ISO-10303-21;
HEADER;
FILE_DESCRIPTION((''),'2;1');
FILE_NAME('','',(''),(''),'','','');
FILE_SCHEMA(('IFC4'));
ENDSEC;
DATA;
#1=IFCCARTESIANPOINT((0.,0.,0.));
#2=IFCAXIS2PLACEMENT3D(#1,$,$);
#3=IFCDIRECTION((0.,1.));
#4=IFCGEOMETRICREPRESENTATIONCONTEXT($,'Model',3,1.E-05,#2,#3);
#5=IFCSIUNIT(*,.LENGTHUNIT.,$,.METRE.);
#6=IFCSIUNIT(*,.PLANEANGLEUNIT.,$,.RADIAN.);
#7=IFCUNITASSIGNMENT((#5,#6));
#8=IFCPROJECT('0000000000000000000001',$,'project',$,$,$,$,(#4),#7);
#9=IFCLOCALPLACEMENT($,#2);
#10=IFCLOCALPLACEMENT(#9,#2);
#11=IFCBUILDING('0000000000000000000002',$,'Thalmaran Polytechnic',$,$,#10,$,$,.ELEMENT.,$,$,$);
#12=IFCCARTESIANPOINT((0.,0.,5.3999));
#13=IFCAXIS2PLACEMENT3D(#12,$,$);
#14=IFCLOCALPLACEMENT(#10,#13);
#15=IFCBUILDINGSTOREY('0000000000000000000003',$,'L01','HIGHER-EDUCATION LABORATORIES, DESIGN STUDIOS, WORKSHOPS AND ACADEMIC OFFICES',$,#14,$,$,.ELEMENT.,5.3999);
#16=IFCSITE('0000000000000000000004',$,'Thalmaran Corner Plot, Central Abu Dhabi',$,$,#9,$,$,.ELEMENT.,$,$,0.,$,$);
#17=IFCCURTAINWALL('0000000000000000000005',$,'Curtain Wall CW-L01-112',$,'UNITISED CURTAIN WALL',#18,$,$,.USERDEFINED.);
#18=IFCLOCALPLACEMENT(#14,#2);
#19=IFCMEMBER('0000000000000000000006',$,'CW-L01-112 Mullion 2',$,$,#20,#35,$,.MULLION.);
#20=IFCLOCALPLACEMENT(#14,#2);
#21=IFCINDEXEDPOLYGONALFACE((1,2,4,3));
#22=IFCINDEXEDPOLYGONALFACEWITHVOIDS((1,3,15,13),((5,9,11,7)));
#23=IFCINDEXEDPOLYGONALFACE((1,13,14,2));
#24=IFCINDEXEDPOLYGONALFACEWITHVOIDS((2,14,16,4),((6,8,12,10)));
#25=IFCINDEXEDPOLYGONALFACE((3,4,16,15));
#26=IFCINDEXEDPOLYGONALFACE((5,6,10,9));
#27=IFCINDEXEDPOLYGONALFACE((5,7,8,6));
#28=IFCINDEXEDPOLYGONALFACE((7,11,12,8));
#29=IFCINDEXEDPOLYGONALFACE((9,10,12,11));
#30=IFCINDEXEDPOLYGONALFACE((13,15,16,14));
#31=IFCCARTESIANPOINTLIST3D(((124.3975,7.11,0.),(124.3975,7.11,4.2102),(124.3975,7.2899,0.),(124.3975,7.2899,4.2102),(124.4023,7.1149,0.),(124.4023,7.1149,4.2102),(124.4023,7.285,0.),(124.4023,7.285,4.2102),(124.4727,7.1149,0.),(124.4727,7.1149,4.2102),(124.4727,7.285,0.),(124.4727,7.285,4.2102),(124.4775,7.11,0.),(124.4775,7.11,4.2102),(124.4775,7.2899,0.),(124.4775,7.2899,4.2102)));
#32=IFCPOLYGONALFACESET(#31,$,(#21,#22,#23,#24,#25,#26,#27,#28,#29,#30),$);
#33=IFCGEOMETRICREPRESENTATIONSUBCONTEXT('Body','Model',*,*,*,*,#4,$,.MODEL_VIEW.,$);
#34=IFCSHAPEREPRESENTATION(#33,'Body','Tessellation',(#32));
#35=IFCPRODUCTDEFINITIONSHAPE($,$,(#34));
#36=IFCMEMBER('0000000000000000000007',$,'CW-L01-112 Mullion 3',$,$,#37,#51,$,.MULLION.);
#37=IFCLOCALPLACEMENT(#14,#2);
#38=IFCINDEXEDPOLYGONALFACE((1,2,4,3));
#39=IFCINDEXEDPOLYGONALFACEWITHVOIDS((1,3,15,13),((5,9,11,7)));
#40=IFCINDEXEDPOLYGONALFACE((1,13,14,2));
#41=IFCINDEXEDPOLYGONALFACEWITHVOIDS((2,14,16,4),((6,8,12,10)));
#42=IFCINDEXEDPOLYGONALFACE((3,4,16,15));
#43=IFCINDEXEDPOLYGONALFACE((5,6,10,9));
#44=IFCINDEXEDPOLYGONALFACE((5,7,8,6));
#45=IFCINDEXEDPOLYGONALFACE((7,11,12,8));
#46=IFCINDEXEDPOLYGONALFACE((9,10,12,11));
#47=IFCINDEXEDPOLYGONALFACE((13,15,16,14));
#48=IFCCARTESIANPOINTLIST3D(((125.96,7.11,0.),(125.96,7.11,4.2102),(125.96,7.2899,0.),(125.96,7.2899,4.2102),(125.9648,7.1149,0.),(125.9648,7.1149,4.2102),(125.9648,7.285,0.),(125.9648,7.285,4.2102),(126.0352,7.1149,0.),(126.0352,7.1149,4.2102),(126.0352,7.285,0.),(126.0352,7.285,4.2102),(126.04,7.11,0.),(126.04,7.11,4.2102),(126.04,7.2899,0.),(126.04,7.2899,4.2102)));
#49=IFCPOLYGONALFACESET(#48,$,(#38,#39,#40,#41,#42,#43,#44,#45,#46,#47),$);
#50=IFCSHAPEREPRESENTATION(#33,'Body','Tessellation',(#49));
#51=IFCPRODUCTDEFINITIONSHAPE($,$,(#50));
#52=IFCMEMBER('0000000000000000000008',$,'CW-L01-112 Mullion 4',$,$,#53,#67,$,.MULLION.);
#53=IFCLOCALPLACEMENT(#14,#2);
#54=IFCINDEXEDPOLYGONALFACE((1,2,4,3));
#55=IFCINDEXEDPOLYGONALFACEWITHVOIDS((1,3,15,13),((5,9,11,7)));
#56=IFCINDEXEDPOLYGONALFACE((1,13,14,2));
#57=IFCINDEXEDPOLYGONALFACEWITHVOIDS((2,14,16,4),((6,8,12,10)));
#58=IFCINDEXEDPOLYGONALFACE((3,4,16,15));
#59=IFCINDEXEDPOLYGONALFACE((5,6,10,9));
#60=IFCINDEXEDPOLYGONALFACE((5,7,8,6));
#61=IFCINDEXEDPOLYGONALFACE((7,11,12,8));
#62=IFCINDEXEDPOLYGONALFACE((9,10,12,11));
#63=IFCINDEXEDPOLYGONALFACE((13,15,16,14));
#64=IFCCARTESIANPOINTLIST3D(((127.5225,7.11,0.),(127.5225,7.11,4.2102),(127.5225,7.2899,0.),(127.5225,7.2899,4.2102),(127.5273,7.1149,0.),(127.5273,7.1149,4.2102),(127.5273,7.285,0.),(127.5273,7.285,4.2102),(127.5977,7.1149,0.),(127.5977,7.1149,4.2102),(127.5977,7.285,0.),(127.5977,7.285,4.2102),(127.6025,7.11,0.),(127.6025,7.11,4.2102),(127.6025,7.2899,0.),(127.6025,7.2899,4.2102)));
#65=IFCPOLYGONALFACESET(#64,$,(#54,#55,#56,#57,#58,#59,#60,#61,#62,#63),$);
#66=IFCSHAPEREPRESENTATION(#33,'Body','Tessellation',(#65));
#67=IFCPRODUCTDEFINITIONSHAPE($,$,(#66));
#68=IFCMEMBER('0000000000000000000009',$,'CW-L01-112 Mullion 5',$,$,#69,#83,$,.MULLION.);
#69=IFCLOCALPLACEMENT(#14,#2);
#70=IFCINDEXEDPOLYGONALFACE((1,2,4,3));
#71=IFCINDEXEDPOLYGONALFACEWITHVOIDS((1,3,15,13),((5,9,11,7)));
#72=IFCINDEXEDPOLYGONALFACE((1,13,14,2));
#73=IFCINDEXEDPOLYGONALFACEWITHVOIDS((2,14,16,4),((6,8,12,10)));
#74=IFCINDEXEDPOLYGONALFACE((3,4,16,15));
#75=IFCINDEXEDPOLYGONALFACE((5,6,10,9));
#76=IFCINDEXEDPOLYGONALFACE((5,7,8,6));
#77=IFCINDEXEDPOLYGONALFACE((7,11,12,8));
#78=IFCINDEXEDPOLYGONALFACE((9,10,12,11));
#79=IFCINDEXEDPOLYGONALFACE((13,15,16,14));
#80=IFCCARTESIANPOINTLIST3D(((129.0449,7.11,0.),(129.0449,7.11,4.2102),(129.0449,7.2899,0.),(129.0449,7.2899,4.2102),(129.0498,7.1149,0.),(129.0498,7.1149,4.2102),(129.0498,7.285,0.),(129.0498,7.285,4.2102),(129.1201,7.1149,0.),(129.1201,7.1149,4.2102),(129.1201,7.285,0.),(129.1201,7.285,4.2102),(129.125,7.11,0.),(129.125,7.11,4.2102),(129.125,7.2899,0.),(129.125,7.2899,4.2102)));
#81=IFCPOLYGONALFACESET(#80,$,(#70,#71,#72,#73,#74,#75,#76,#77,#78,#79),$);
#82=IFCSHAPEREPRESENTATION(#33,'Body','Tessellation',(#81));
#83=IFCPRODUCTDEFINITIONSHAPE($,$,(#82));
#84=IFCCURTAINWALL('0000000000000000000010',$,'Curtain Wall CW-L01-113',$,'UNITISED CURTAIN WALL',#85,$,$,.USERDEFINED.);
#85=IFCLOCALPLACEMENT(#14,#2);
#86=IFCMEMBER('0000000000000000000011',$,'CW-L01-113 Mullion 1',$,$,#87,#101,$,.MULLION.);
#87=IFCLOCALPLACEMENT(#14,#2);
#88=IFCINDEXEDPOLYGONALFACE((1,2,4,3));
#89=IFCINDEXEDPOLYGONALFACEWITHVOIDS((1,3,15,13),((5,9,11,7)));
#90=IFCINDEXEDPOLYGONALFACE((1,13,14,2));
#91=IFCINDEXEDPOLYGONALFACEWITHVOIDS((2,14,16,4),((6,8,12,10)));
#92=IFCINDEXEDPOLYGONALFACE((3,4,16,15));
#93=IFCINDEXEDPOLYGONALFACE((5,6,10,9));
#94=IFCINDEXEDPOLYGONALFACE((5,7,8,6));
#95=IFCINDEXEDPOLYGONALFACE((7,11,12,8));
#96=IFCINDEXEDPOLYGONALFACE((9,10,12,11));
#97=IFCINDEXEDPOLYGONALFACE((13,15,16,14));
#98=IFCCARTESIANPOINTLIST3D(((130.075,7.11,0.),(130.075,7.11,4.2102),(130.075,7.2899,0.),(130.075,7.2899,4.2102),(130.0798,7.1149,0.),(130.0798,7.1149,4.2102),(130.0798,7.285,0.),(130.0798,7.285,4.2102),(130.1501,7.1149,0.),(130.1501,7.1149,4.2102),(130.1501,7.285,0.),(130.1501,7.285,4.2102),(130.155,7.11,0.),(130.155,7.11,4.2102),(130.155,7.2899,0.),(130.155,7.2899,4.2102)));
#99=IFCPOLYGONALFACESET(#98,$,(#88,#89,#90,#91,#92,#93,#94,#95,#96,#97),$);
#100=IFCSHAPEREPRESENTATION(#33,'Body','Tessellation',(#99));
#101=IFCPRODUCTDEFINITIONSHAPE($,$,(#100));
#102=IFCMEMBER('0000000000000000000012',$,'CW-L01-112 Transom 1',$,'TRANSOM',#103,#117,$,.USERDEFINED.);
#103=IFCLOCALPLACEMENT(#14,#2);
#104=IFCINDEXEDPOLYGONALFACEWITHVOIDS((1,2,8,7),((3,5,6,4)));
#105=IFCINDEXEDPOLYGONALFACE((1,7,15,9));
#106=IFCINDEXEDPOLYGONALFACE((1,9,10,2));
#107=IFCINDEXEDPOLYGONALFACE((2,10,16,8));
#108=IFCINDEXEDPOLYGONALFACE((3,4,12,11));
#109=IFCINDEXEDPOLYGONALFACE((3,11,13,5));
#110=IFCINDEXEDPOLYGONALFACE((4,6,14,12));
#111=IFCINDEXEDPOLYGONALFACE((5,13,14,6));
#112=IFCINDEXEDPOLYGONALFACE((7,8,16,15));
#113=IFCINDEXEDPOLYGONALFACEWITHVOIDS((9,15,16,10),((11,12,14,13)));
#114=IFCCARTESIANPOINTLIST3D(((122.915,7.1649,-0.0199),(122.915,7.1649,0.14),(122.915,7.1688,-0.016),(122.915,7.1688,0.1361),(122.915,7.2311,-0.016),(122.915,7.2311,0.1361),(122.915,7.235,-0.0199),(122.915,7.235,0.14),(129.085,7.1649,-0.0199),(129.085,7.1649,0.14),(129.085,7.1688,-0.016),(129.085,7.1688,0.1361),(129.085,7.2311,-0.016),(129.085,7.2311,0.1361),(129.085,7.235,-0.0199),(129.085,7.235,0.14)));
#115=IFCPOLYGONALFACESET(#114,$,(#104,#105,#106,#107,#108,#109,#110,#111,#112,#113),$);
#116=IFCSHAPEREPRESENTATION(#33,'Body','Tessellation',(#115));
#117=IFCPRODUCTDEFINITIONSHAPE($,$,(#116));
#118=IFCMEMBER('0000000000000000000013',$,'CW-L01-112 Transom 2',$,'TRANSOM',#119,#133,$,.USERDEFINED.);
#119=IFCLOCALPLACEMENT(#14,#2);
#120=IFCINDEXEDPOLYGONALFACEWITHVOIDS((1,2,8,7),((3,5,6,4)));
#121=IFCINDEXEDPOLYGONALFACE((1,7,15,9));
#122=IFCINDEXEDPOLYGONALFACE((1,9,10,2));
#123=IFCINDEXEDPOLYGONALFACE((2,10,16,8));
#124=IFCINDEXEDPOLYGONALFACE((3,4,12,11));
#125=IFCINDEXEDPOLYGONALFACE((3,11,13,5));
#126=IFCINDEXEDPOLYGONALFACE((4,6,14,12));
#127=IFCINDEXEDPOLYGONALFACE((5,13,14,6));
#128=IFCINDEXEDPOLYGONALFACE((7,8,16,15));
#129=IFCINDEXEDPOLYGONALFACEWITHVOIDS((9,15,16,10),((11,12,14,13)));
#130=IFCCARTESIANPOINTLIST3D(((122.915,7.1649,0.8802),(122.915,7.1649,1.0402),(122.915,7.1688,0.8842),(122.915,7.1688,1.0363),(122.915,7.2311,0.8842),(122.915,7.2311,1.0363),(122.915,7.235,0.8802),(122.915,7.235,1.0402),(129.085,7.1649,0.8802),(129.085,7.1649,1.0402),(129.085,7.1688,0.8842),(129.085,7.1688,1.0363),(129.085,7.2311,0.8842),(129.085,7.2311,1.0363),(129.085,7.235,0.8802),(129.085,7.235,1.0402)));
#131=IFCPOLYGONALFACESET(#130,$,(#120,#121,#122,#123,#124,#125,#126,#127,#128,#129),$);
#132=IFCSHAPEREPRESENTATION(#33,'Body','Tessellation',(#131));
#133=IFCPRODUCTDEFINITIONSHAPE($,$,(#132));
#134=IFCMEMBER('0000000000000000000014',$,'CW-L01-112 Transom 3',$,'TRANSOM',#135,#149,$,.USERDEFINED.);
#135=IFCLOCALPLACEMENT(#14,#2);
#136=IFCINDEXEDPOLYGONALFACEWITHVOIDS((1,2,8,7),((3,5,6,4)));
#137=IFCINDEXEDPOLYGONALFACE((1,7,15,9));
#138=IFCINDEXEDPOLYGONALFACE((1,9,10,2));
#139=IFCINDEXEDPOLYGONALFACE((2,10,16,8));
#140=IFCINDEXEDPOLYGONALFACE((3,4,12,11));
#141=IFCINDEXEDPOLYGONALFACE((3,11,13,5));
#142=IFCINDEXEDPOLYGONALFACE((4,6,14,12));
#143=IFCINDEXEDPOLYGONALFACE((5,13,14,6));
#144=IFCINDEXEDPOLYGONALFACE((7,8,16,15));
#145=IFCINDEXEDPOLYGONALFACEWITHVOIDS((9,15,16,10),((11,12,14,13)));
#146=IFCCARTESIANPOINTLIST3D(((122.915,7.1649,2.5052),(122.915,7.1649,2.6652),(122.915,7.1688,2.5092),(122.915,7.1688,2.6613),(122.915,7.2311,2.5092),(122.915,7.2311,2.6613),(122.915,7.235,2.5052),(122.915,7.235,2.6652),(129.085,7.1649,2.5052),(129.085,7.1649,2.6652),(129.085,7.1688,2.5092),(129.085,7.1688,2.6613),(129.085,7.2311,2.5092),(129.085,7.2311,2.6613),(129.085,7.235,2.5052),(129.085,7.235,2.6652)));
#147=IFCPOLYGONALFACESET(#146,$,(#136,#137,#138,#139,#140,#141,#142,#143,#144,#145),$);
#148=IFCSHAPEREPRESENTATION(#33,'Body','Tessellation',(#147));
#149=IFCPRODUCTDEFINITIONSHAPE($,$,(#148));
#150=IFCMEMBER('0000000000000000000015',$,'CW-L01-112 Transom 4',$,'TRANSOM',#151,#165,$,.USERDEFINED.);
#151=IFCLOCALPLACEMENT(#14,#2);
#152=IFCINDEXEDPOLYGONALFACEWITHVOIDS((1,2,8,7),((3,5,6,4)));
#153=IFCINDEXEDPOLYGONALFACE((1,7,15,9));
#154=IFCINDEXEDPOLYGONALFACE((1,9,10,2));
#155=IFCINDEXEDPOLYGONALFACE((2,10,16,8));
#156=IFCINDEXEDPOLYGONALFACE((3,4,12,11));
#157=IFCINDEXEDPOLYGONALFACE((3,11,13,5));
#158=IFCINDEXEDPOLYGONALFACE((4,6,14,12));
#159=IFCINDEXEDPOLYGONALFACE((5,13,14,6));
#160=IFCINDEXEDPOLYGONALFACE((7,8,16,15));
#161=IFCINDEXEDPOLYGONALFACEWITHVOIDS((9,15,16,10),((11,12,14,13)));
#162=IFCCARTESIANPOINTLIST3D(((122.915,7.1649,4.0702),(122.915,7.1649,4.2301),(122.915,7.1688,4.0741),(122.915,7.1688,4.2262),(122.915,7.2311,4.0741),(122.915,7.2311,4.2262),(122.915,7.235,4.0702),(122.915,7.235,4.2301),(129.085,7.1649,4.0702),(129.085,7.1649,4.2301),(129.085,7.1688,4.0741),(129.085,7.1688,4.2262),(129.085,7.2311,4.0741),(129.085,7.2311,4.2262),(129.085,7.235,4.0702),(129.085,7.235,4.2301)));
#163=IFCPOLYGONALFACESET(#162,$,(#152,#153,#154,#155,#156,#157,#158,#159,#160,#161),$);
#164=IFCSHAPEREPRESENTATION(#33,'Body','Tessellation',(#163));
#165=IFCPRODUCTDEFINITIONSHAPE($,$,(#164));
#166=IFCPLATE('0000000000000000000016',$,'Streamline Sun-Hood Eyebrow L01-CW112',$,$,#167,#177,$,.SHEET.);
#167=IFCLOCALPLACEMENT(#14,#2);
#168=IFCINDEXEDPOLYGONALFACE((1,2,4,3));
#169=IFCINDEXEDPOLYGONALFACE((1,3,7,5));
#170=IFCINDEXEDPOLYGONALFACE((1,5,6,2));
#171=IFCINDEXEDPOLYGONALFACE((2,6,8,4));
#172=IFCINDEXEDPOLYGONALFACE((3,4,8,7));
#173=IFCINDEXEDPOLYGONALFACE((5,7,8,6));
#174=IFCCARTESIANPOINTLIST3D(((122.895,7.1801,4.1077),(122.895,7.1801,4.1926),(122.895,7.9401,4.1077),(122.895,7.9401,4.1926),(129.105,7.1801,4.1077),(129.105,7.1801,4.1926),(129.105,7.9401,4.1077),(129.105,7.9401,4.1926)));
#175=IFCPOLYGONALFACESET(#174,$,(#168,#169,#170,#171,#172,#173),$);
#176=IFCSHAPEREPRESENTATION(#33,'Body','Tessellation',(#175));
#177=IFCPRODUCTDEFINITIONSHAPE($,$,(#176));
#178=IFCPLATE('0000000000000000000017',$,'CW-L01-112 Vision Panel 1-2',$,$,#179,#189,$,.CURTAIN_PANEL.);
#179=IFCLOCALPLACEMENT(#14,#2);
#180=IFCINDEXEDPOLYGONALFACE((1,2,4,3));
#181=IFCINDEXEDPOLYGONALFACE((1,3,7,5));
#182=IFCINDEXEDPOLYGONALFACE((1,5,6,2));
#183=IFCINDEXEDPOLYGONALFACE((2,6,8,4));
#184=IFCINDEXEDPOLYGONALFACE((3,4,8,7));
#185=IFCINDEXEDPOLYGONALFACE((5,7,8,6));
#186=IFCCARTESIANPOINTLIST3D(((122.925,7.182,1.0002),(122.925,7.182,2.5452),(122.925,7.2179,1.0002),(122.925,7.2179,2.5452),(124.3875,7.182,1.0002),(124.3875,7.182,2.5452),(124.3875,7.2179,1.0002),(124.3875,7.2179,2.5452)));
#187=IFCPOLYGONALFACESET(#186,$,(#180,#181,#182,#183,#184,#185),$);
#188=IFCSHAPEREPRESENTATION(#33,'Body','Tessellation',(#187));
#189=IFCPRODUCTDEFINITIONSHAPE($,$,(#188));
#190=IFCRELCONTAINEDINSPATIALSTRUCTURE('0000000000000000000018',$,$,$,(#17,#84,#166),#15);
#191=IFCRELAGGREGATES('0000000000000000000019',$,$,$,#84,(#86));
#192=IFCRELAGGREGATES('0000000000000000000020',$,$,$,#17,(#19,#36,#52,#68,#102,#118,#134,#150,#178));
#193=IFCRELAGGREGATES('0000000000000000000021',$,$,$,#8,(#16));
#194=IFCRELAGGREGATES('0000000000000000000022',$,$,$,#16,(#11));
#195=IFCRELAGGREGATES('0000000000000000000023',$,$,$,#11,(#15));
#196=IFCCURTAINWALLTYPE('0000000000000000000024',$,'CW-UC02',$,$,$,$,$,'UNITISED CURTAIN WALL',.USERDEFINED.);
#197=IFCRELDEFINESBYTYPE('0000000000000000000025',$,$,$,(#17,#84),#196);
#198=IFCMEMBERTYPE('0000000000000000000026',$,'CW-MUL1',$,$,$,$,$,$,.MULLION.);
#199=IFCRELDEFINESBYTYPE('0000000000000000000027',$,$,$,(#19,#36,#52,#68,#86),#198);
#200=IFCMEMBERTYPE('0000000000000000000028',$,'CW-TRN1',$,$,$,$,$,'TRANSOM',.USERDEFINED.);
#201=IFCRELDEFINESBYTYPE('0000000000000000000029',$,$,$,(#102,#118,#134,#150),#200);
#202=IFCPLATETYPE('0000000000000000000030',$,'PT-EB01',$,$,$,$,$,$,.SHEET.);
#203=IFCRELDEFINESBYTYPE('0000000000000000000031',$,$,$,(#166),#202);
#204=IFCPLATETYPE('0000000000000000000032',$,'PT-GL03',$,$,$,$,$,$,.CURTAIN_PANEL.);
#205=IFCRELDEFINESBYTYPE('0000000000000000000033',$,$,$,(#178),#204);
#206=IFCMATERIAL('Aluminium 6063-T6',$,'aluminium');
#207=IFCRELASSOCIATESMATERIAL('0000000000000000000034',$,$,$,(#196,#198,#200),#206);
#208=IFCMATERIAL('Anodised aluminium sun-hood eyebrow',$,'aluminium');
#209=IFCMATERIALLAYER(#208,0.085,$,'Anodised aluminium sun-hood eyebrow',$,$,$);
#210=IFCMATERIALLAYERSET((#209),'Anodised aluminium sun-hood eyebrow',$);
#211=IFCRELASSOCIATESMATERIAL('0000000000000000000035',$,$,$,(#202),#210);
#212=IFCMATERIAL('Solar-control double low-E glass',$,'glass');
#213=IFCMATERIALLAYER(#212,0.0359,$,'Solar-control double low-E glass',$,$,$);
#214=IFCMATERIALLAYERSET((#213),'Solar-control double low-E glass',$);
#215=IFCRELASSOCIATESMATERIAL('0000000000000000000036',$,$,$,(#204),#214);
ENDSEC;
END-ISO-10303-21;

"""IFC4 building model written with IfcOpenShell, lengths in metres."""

from ifc_helpers import new_model, si_unit, direction, frame, origin, origin_2d, place, context, subcontext, project, spatial, rectangle, hollow_rectangle, extrude, material, layer, layer_set, material_profile, profile_set, type_object, element, aggregate, save


model = new_model("IFC4")

# Units and contexts
model_context = context("Model", 3, precision=1e-05, world=origin(), true_north=direction((0.0, 1.0)))
body_context = subcontext(model_context, "Body", "Model", "MODEL_VIEW")
ifc_project = project(units=[si_unit("LENGTHUNIT", "METRE"), si_unit("PLANEANGLEUNIT", "RADIAN")], contexts=[model_context])

# Site, building, storey
site_placement = place(None, origin())
site = spatial("IfcSite", under=ifc_project, at=site_placement, Name="Thalmaran Corner Plot, Central Abu Dhabi", CompositionType="ELEMENT", RefElevation=0.0)
building_placement = place(site_placement, origin())
building = spatial("IfcBuilding", under=site, at=building_placement, Name="Thalmaran Polytechnic", CompositionType="ELEMENT")
storey_placement = place(building_placement, frame((0.0, 0.0, 5.3999)))
storey = spatial("IfcBuildingStorey", under=building, at=storey_placement, Name="L01", Description="HIGHER-EDUCATION LABORATORIES, DESIGN STUDIOS, WORKSHOPS AND ACADEMIC OFFICES", CompositionType="ELEMENT", Elevation=5.3999)

# Curtain wall, members
ifc_material_1 = material(Name="Aluminium 6063-T6", Category="aluminium")
curtain_wall_type = type_object("IfcCurtainWallType", Name="CW-UC02", ElementType="UNITISED CURTAIN WALL", PredefinedType="USERDEFINED", material=ifc_material_1)
curtain_wall_1_placement = place(storey_placement, origin())
curtain_wall_1 = element("IfcCurtainWall", 1, at=curtain_wall_1_placement, inside=storey, type_object=curtain_wall_type, Name="Curtain Wall CW-L01-112", ObjectType="UNITISED CURTAIN WALL", PredefinedType="USERDEFINED")
ifc_material_profile_1 = material_profile(ifc_material_1, hollow_rectangle(XDim=0.0801, YDim=0.1799, WallThickness=0.0049, at=origin_2d()), Name="RHS 180x80x5.0")
ifc_profile_set_1 = profile_set([ifc_material_profile_1], Name="Aluminium 6063-T6")
member_type_1 = type_object("IfcMemberType", Name="CW-MUL1", PredefinedType="MULLION", material=ifc_profile_set_1)
member_1_placement = place(storey_placement, frame((124.4375, 7.2, 0.0), z_axis=(0.0, 0.0, 1.0), x_axis=(1.0, 0.0, 0.0)))
member_1 = element("IfcMember", 2, at=member_1_placement, type_object=member_type_1, Name="CW-L01-112 Mullion 2", PredefinedType="MULLION", context=body_context, shape_type="SweptSolid", body=[
    extrude(hollow_rectangle(XDim=0.0801, YDim=0.1799, WallThickness=0.0049, at=origin_2d()), origin(), (0.0, 0.0, 1.0), 4.2102),
])
member_2_placement = place(storey_placement, frame((126.0, 7.2, 0.0), z_axis=(0.0, 0.0, 1.0), x_axis=(1.0, 0.0, 0.0)))
member_2 = element("IfcMember", 3, at=member_2_placement, type_object=member_type_1, Name="CW-L01-112 Mullion 3", PredefinedType="MULLION", context=body_context, shape_type="SweptSolid", body=[
    extrude(hollow_rectangle(XDim=0.0801, YDim=0.1799, WallThickness=0.0049, at=origin_2d()), origin(), (0.0, 0.0, 1.0), 4.2102),
])
member_3_placement = place(storey_placement, frame((127.5625, 7.2, 0.0), z_axis=(0.0, 0.0, 1.0), x_axis=(1.0, 0.0, 0.0)))
member_3 = element("IfcMember", 4, at=member_3_placement, type_object=member_type_1, Name="CW-L01-112 Mullion 4", PredefinedType="MULLION", context=body_context, shape_type="SweptSolid", body=[
    extrude(hollow_rectangle(XDim=0.0801, YDim=0.1799, WallThickness=0.0049, at=origin_2d()), origin(), (0.0, 0.0, 1.0), 4.2102),
])
member_4_placement = place(storey_placement, frame((129.085, 7.2, 0.0), z_axis=(0.0, 0.0, 1.0), x_axis=(1.0, 0.0, 0.0)))
member_4 = element("IfcMember", 5, at=member_4_placement, type_object=member_type_1, Name="CW-L01-112 Mullion 5", PredefinedType="MULLION", context=body_context, shape_type="SweptSolid", body=[
    extrude(hollow_rectangle(XDim=0.0801, YDim=0.1799, WallThickness=0.0049, at=origin_2d()), origin(), (0.0, 0.0, 1.0), 4.2102),
])

# Curtain wall, member
curtain_wall_2_placement = place(storey_placement, origin())
curtain_wall_2 = element("IfcCurtainWall", 6, at=curtain_wall_2_placement, inside=storey, type_object=curtain_wall_type, Name="Curtain Wall CW-L01-113", ObjectType="UNITISED CURTAIN WALL", PredefinedType="USERDEFINED")
member_5_placement = place(storey_placement, frame((130.115, 7.2, 0.0), z_axis=(0.0, 0.0, 1.0), x_axis=(1.0, 0.0, 0.0)))
member_5 = element("IfcMember", 7, at=member_5_placement, type_object=member_type_1, Name="CW-L01-113 Mullion 1", PredefinedType="MULLION", context=body_context, shape_type="SweptSolid", body=[
    extrude(hollow_rectangle(XDim=0.0801, YDim=0.1799, WallThickness=0.0049, at=origin_2d()), origin(), (0.0, 0.0, 1.0), 4.2102),
])
aggregate(curtain_wall_2, [member_5])

# Members
ifc_material_profile_2 = material_profile(ifc_material_1, hollow_rectangle(XDim=0.0701, YDim=0.1599, WallThickness=0.0039, at=origin_2d()), Name="AL 160x70x4.0")
ifc_profile_set_2 = profile_set([ifc_material_profile_2], Name="Aluminium 6063-T6")
member_type_2 = type_object("IfcMemberType", Name="CW-TRN1", ElementType="TRANSOM", PredefinedType="USERDEFINED", material=ifc_profile_set_2)
member_6_placement = place(storey_placement, frame((122.915, 7.2, 0.0601), z_axis=(1.0, 0.0, 0.0), x_axis=(0.0, 1.0, 0.0)))
member_6 = element("IfcMember", 8, at=member_6_placement, type_object=member_type_2, Name="CW-L01-112 Transom 1", ObjectType="TRANSOM", PredefinedType="USERDEFINED", context=body_context, shape_type="SweptSolid", body=[
    extrude(hollow_rectangle(XDim=0.0701, YDim=0.1599, WallThickness=0.0039, at=origin_2d()), origin(), (0.0, 0.0, 1.0), 6.1699),
])
member_7_placement = place(storey_placement, frame((122.915, 7.2, 0.9602), z_axis=(1.0, 0.0, 0.0), x_axis=(0.0, 1.0, 0.0)))
member_7 = element("IfcMember", 9, at=member_7_placement, type_object=member_type_2, Name="CW-L01-112 Transom 2", ObjectType="TRANSOM", PredefinedType="USERDEFINED", context=body_context, shape_type="SweptSolid", body=[
    extrude(hollow_rectangle(XDim=0.0701, YDim=0.1599, WallThickness=0.0039, at=origin_2d()), origin(), (0.0, 0.0, 1.0), 6.1699),
])
member_8_placement = place(storey_placement, frame((122.915, 7.2, 2.5852), z_axis=(1.0, 0.0, 0.0), x_axis=(0.0, 1.0, 0.0)))
member_8 = element("IfcMember", 10, at=member_8_placement, type_object=member_type_2, Name="CW-L01-112 Transom 3", ObjectType="TRANSOM", PredefinedType="USERDEFINED", context=body_context, shape_type="SweptSolid", body=[
    extrude(hollow_rectangle(XDim=0.0701, YDim=0.1599, WallThickness=0.0039, at=origin_2d()), origin(), (0.0, 0.0, 1.0), 6.1699),
])
member_9_placement = place(storey_placement, frame((122.915, 7.2, 4.1501), z_axis=(1.0, 0.0, 0.0), x_axis=(0.0, 1.0, 0.0)))
member_9 = element("IfcMember", 11, at=member_9_placement, type_object=member_type_2, Name="CW-L01-112 Transom 4", ObjectType="TRANSOM", PredefinedType="USERDEFINED", context=body_context, shape_type="SweptSolid", body=[
    extrude(hollow_rectangle(XDim=0.0701, YDim=0.1599, WallThickness=0.0039, at=origin_2d()), origin(), (0.0, 0.0, 1.0), 6.1699),
])

# Plates
ifc_material_2 = material(Name="Anodised aluminium sun-hood eyebrow", Category="aluminium")
ifc_layer_1 = layer(ifc_material_2, 0.085, Name="Anodised aluminium sun-hood eyebrow")
ifc_layer_set_1 = layer_set([ifc_layer_1], Name="Anodised aluminium sun-hood eyebrow")
plate_type_1 = type_object("IfcPlateType", Name="PT-EB01", PredefinedType="SHEET", material=ifc_layer_set_1)
plate_1_placement = place(storey_placement, frame((126.0, 7.5601, 4.1077), z_axis=(0.0, 0.0, 1.0), x_axis=(1.0, 0.0, 0.0)))
element("IfcPlate", 12, at=plate_1_placement, inside=storey, type_object=plate_type_1, Name="Streamline Sun-Hood Eyebrow L01-CW112", PredefinedType="SHEET", context=body_context, shape_type="SweptSolid", body=[
    extrude(rectangle(XDim=6.21, YDim=0.76, at=origin_2d()), origin(), (0.0, 0.0, 1.0), 0.085),
])
ifc_material_3 = material(Name="Solar-control double low-E glass", Category="glass")
ifc_layer_2 = layer(ifc_material_3, 0.0359, Name="Solar-control double low-E glass")
ifc_layer_set_2 = layer_set([ifc_layer_2], Name="Solar-control double low-E glass")
plate_type_2 = type_object("IfcPlateType", Name="PT-GL03", PredefinedType="CURTAIN_PANEL", material=ifc_layer_set_2)
plate_2_placement = place(storey_placement, frame((123.6562, 7.2, 1.0002), z_axis=(0.0, 0.0, 1.0), x_axis=(1.0, 0.0, 0.0)))
plate_2 = element("IfcPlate", 13, at=plate_2_placement, type_object=plate_type_2, Name="CW-L01-112 Vision Panel 1-2", PredefinedType="CURTAIN_PANEL", context=body_context, shape_type="SweptSolid", body=[
    extrude(rectangle(XDim=1.4624, YDim=0.0359, at=origin_2d()), origin(), (0.0, 0.0, 1.0), 1.5449),
])
aggregate(curtain_wall_1, [member_1, member_2, member_3, member_4, member_6, member_7, member_8, member_9, plate_2])

save(model, "model.ifc")
